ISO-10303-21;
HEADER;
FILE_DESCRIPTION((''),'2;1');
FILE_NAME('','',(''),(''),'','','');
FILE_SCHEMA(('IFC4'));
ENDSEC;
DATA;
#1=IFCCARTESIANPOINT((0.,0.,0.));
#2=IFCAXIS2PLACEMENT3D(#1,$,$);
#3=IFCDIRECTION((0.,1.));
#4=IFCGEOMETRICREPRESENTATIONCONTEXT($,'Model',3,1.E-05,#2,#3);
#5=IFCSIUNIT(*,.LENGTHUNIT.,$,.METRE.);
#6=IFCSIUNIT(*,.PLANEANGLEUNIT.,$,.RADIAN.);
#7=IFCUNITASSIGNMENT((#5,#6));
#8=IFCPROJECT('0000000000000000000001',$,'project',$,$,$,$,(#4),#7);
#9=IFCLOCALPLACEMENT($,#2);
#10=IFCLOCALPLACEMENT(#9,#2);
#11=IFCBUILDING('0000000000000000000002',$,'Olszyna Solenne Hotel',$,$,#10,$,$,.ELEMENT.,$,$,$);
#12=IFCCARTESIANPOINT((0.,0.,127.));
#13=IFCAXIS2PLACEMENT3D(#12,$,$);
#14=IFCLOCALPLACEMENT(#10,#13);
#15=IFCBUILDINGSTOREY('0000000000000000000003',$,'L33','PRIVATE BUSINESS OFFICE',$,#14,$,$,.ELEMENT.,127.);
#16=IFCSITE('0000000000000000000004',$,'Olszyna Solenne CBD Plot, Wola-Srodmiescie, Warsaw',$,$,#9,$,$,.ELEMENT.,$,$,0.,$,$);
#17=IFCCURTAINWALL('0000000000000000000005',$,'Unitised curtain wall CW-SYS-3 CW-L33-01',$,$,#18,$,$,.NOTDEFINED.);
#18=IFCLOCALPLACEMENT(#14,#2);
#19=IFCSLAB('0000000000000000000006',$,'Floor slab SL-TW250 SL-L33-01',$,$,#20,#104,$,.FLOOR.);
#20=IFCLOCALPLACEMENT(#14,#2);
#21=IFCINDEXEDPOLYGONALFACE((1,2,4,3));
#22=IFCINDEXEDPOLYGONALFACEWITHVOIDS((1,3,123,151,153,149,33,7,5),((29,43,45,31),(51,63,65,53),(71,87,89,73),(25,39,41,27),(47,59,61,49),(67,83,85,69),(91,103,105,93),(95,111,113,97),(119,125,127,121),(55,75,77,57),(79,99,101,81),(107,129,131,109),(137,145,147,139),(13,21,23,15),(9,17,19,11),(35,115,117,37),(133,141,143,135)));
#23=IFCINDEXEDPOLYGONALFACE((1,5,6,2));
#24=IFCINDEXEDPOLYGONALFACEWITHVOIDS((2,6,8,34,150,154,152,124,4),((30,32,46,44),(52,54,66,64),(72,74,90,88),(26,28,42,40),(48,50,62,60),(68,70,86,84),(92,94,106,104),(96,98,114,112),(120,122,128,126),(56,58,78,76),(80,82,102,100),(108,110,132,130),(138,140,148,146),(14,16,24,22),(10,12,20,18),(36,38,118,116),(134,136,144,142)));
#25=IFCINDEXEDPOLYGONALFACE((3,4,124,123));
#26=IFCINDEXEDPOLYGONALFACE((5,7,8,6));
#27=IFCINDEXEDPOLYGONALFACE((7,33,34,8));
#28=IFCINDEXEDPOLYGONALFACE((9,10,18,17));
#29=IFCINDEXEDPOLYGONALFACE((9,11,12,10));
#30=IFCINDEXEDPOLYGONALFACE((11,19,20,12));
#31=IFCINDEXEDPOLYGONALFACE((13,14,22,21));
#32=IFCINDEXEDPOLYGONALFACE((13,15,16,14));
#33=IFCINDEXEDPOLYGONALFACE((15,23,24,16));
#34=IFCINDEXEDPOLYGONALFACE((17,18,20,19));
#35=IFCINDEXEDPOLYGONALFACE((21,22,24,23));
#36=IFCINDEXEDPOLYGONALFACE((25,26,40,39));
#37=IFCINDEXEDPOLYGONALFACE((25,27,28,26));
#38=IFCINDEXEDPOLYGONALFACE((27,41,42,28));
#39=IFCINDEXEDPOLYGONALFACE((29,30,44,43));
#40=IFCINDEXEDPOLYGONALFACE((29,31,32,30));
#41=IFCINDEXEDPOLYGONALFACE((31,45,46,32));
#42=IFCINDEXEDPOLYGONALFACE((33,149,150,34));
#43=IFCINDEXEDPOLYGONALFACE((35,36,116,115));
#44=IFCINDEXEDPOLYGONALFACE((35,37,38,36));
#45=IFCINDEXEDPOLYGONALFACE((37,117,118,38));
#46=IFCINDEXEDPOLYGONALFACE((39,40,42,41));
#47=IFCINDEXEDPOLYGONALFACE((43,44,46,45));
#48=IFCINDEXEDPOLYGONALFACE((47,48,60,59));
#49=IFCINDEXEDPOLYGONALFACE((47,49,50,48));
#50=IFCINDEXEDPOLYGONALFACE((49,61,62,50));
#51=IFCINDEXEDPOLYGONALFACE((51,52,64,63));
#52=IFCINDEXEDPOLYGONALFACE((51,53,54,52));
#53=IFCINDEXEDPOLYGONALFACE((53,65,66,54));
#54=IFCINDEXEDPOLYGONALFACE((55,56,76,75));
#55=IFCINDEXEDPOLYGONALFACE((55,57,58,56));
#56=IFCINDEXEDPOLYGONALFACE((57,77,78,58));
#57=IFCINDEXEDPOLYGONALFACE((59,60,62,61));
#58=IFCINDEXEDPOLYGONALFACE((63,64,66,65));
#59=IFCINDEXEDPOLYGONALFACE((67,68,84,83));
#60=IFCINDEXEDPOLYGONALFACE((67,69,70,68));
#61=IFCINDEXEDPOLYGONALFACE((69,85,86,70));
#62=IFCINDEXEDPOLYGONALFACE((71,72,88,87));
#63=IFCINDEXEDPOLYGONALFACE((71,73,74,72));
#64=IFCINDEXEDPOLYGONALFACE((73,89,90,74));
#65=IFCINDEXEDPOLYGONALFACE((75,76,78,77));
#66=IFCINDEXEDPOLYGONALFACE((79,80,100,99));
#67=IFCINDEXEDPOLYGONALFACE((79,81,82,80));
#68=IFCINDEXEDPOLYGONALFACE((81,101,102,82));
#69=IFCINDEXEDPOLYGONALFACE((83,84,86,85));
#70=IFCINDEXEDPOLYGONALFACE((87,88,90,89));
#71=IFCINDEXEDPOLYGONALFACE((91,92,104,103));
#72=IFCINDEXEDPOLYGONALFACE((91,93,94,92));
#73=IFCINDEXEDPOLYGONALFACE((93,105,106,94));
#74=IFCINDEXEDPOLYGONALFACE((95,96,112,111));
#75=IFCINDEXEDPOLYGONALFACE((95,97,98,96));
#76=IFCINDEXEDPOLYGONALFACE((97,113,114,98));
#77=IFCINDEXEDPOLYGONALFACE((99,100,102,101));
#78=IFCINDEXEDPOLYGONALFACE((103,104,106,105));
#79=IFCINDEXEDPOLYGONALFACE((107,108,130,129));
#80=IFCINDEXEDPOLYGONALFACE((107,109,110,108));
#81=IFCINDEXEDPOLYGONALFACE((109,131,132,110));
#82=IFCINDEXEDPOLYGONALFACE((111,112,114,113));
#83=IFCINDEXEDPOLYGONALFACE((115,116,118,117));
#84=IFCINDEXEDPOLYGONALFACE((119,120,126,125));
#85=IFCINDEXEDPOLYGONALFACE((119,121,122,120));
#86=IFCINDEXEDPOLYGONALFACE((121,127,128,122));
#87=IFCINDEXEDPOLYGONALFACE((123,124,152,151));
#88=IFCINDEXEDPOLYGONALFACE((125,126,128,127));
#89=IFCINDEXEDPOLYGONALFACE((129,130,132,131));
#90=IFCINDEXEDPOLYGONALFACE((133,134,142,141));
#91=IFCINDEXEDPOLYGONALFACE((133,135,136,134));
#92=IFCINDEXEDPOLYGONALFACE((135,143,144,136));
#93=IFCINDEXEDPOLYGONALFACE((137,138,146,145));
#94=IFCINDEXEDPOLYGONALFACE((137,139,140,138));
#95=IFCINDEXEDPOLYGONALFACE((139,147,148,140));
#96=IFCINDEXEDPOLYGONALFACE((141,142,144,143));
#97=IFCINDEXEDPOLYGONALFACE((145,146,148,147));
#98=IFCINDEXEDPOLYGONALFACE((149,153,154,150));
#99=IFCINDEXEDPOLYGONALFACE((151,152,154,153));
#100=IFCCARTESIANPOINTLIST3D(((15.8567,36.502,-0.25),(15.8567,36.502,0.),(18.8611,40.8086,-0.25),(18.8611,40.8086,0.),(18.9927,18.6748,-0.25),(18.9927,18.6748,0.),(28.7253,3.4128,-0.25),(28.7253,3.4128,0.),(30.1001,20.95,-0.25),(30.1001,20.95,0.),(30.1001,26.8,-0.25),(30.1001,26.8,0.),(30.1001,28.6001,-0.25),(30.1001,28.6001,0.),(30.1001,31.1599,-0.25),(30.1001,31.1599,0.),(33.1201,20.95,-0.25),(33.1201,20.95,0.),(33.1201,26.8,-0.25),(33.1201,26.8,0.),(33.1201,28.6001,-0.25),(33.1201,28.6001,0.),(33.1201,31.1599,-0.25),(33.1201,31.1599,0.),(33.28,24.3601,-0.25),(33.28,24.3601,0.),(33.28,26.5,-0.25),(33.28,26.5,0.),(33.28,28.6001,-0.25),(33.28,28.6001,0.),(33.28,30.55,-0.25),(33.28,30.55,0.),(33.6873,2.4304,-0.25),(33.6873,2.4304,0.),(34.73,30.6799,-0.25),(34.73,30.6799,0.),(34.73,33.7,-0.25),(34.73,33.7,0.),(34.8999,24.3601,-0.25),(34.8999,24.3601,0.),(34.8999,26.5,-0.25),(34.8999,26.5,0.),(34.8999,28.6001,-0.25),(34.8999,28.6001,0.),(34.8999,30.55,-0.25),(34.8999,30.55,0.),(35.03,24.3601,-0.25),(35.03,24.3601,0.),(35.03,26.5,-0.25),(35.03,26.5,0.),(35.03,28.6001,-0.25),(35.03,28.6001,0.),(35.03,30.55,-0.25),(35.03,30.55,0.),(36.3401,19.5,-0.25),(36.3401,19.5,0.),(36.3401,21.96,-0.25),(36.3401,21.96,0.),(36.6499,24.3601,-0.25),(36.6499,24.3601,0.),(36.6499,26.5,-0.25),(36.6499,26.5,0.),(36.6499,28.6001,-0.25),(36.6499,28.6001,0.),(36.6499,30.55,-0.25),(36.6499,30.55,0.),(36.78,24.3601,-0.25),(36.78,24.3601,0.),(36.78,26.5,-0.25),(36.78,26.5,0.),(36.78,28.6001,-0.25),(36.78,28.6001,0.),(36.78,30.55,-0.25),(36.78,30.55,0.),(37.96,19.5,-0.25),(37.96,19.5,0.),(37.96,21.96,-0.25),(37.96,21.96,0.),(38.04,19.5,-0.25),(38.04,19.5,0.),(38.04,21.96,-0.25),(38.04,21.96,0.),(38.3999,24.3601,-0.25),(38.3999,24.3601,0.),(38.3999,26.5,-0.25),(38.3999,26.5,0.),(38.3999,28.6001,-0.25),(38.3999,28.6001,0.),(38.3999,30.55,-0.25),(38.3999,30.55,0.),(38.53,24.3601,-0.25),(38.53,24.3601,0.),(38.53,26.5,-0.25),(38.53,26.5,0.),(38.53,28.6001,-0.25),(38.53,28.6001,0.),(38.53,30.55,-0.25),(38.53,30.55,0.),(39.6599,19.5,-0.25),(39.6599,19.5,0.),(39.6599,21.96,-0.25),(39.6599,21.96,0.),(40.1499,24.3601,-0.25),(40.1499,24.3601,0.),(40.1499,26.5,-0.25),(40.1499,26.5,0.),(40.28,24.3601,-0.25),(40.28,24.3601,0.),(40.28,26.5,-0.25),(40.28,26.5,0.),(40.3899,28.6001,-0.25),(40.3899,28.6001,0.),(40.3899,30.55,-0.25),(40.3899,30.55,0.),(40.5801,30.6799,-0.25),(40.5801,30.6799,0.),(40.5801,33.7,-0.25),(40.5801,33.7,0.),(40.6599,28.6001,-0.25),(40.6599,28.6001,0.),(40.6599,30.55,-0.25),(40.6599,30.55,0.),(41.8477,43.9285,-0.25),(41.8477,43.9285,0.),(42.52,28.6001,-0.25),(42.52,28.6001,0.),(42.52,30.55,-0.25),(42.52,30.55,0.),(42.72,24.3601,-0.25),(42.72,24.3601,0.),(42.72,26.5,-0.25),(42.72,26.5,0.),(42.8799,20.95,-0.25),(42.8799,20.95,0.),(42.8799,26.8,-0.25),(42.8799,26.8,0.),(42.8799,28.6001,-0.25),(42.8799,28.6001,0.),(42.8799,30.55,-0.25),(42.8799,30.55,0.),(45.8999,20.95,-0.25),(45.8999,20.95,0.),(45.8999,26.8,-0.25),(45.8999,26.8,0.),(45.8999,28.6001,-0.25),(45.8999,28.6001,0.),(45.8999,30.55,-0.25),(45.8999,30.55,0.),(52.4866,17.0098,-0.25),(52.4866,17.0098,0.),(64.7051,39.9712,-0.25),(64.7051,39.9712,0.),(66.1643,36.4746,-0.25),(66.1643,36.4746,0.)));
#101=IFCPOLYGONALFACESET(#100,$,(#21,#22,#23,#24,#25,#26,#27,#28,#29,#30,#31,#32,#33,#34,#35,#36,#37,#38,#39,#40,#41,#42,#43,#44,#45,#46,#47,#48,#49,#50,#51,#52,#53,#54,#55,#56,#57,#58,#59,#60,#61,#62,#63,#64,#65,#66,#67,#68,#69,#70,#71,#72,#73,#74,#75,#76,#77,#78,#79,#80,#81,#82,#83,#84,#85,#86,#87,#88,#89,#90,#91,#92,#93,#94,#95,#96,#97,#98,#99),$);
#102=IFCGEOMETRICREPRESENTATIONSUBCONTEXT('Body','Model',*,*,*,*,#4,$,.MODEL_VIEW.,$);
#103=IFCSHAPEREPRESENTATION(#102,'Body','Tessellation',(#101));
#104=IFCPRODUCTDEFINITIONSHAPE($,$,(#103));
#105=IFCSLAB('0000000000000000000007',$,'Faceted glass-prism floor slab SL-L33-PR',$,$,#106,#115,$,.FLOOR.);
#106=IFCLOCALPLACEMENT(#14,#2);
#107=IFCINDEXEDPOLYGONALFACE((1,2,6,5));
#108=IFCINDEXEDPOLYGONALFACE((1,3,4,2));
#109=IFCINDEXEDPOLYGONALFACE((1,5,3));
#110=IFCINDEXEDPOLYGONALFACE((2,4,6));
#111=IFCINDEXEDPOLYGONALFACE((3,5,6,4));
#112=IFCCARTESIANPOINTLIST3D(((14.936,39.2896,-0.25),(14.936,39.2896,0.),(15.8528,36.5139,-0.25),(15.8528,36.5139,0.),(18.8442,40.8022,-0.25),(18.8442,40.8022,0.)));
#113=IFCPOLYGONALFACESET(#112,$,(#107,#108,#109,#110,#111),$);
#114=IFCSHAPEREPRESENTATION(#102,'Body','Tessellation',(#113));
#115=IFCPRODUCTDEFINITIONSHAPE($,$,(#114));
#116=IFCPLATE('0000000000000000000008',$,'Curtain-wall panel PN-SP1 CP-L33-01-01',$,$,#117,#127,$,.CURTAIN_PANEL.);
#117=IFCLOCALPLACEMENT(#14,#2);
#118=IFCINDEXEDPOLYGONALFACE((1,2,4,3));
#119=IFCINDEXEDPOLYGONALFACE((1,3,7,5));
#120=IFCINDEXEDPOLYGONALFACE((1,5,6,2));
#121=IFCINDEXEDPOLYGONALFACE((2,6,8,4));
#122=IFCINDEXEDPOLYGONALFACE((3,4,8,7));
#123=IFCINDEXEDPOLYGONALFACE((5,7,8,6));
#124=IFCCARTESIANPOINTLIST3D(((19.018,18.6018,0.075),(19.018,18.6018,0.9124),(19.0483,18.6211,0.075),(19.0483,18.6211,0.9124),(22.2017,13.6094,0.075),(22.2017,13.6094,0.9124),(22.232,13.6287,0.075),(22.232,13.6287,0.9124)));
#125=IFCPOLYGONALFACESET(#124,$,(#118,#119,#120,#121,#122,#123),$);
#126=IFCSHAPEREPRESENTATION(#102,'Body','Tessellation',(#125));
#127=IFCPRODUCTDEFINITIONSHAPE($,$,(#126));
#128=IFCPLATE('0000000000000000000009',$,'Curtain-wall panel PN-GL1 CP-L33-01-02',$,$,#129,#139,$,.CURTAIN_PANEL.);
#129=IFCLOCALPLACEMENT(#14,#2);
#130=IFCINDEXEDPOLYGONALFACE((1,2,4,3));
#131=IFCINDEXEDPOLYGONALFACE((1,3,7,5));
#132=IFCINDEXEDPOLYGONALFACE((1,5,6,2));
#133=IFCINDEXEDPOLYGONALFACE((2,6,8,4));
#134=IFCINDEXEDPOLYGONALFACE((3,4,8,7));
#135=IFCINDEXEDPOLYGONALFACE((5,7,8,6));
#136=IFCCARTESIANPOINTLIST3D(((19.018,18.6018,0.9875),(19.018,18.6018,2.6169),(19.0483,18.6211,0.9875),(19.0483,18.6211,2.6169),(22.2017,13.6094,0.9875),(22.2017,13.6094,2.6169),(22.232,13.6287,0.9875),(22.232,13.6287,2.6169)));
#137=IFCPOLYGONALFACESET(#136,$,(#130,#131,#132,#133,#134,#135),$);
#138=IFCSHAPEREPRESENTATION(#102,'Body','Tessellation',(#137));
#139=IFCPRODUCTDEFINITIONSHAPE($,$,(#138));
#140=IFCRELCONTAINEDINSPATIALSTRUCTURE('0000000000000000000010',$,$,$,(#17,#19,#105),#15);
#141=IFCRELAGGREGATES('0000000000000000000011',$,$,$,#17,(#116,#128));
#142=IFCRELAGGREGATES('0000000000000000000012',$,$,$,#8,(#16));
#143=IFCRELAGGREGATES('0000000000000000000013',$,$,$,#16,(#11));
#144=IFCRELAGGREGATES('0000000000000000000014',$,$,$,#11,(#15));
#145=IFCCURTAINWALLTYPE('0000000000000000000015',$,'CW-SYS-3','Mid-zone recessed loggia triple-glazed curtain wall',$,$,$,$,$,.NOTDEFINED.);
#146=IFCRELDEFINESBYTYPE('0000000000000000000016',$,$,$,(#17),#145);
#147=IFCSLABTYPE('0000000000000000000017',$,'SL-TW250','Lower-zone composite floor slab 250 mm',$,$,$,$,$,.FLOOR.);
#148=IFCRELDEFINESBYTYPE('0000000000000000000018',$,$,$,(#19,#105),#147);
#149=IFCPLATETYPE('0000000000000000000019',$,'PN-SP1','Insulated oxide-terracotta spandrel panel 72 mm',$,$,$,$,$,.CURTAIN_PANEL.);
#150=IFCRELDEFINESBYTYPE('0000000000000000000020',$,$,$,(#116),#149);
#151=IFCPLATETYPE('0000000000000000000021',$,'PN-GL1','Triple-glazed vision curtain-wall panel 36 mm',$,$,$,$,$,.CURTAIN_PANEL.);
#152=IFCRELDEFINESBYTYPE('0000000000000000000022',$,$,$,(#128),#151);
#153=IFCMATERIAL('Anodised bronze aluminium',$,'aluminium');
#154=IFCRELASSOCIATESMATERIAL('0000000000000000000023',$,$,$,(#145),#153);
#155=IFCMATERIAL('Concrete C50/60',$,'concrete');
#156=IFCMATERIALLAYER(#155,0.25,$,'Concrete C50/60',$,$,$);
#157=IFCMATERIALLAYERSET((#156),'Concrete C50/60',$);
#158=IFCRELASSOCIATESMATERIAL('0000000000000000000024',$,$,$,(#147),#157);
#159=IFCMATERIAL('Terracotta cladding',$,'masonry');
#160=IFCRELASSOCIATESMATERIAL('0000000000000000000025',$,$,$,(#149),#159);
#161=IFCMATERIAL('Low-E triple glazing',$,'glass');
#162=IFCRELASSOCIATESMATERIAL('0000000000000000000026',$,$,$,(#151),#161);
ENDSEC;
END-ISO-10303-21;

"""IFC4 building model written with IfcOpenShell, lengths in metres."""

from ifc_helpers import new_model, si_unit, direction, frame, origin, origin_2d, place, context, subcontext, project, spatial, polyline, rectangle, outline, extrude, source, transform, mapped, material, layer, layer_set, type_object, element, aggregate, save


model = new_model("IFC4")

# Units and contexts
model_context = context("Model", 3, precision=1e-05, world=origin(), true_north=direction((0.0, 1.0)))
body_context = subcontext(model_context, "Body", "Model", "MODEL_VIEW")
ifc_project = project(units=[si_unit("LENGTHUNIT", "METRE"), si_unit("PLANEANGLEUNIT", "RADIAN")], contexts=[model_context])

# Site, building, storey
site_placement = place(None, origin())
site = spatial("IfcSite", under=ifc_project, at=site_placement, Name="Olszyna Solenne CBD Plot, Wola-Srodmiescie, Warsaw", CompositionType="ELEMENT", RefElevation=0.0)
building_placement = place(site_placement, origin())
building = spatial("IfcBuilding", under=site, at=building_placement, Name="Olszyna Solenne Hotel", CompositionType="ELEMENT")
storey_placement = place(building_placement, frame((0.0, 0.0, 127.0)))
storey = spatial("IfcBuildingStorey", under=building, at=storey_placement, Name="L33", Description="PRIVATE BUSINESS OFFICE", CompositionType="ELEMENT", Elevation=127.0)

# Curtain wall
ifc_material_1 = material(Name="Anodised bronze aluminium", Category="aluminium")
curtain_wall_type = type_object("IfcCurtainWallType", Name="CW-SYS-3", Description="Mid-zone recessed loggia triple-glazed curtain wall", PredefinedType="NOTDEFINED", material=ifc_material_1)
curtain_wall_placement = place(storey_placement, origin())
curtain_wall = element("IfcCurtainWall", 1, at=curtain_wall_placement, inside=storey, type_object=curtain_wall_type, Name="Unitised curtain wall CW-SYS-3 CW-L33-01", PredefinedType="NOTDEFINED")

# Slabs
ifc_material_2 = material(Name="Concrete C50/60", Category="concrete")
ifc_layer_1 = layer(ifc_material_2, 0.25, Name="Concrete C50/60")
ifc_layer_set_1 = layer_set([ifc_layer_1], Name="Concrete C50/60")
slab_type_1 = type_object("IfcSlabType", Name="SL-TW250", Description="Lower-zone composite floor slab 250 mm", PredefinedType="FLOOR", material=ifc_layer_set_1)
slab_1_placement = place(storey_placement, frame((0.0, 0.0, -0.25)))
element("IfcSlab", 2, at=slab_1_placement, inside=storey, type_object=slab_type_1, Name="Floor slab SL-TW250 SL-L33-01", PredefinedType="FLOOR", context=body_context, shape_type="SweptSolid", body=[
    extrude(outline(polyline([(66.1643, 36.4746), (64.7051, 39.9712), (41.8477, 43.9285), (18.8611, 40.8086), (15.8567, 36.502), (18.9927, 18.6748), (28.7253, 3.4128), (33.6873, 2.4304), (52.4866, 17.0098), (66.1643, 36.4746)]), holes=[polyline([(30.1001, 20.95), (33.1201, 20.95), (33.1201, 26.8), (30.1001, 26.8), (30.1001, 20.95)]), polyline([(42.8799, 20.95), (45.8999, 20.95), (45.8999, 26.8), (42.8799, 26.8), (42.8799, 20.95)]), polyline([(34.73, 30.6799), (40.5801, 30.6799), (40.5801, 33.7), (34.73, 33.7), (34.73, 30.6799)]), polyline([(36.3401, 19.5), (37.96, 19.5), (37.96, 21.96), (36.3401, 21.96), (36.3401, 19.5)]), polyline([(38.04, 19.5), (39.6599, 19.5), (39.6599, 21.96), (38.04, 21.96), (38.04, 19.5)]), polyline([(30.1001, 28.6001), (33.1201, 28.6001), (33.1201, 31.1599), (30.1001, 31.1599), (30.1001, 28.6001)]), polyline([(33.28, 24.3601), (34.8999, 24.3601), (34.8999, 26.5), (33.28, 26.5), (33.28, 24.3601)]), polyline([(35.03, 24.3601), (36.6499, 24.3601), (36.6499, 26.5), (35.03, 26.5), (35.03, 24.3601)]), polyline([(36.78, 24.3601), (38.3999, 24.3601), (38.3999, 26.5), (36.78, 26.5), (36.78, 24.3601)]), polyline([(38.53, 24.3601), (40.1499, 24.3601), (40.1499, 26.5), (38.53, 26.5), (38.53, 24.3601)]), polyline([(40.28, 24.3601), (42.72, 24.3601), (42.72, 26.5), (40.28, 26.5), (40.28, 24.3601)]), polyline([(33.28, 28.6001), (34.8999, 28.6001), (34.8999, 30.55), (33.28, 30.55), (33.28, 28.6001)]), polyline([(35.03, 28.6001), (36.6499, 28.6001), (36.6499, 30.55), (35.03, 30.55), (35.03, 28.6001)]), polyline([(36.78, 28.6001), (38.3999, 28.6001), (38.3999, 30.55), (36.78, 30.55), (36.78, 28.6001)]), polyline([(38.53, 28.6001), (40.3899, 28.6001), (40.3899, 30.55), (38.53, 30.55), (38.53, 28.6001)]), polyline([(40.6599, 28.6001), (42.52, 28.6001), (42.52, 30.55), (40.6599, 30.55), (40.6599, 28.6001)]), polyline([(42.8799, 28.6001), (45.8999, 28.6001), (45.8999, 30.55), (42.8799, 30.55), (42.8799, 28.6001)])]), origin(), (0.0, 0.0, 1.0), 0.25),
])
slab_2_placement = place(storey_placement, frame((0.0, 0.0, -0.25)))
element("IfcSlab", 3, at=slab_2_placement, inside=storey, type_object=slab_type_1, Name="Faceted glass-prism floor slab SL-L33-PR", PredefinedType="FLOOR", context=body_context, shape_type="SweptSolid", body=[
    extrude(outline(polyline([(15.8528, 36.5139), (18.8442, 40.8022), (14.936, 39.2896), (15.8528, 36.5139)])), origin(), (0.0, 0.0, 1.0), 0.25),
])

# Plates
ifc_material_3 = material(Name="Terracotta cladding", Category="masonry")
plate_type_1 = type_object("IfcPlateType", Name="PN-SP1", Description="Insulated oxide-terracotta spandrel panel 72 mm", PredefinedType="CURTAIN_PANEL", material=ifc_material_3)
shared_shape_1 = source(origin(), body_context, "Body", "SweptSolid", [
    extrude(rectangle(XDim=5.9211, YDim=0.0359, at=origin_2d()), origin(), (0.0, 0.0, 1.0), 0.8374),
])
plate_1_placement = place(storey_placement, frame((20.625, 16.1152, 0.075), z_axis=(0.0, 0.0, 1.0), x_axis=(0.537687, -0.843144, 0.0)))
plate_1 = element("IfcPlate", 4, at=plate_1_placement, type_object=plate_type_1, Name="Curtain-wall panel PN-SP1 CP-L33-01-01", PredefinedType="CURTAIN_PANEL", context=body_context, shape_type="MappedRepresentation", body=[
    mapped(shared_shape_1, transform((0.0, 0.0, 0.0), x_axis=(1.0, 0.0, 0.0), y_axis=(0.0, 1.0, 0.0), z_axis=(0.0, 0.0, 1.0), scale=1.0)),
])
ifc_material_4 = material(Name="Low-E triple glazing", Category="glass")
plate_type_2 = type_object("IfcPlateType", Name="PN-GL1", Description="Triple-glazed vision curtain-wall panel 36 mm", PredefinedType="CURTAIN_PANEL", material=ifc_material_4)
shared_shape_2 = source(origin(), body_context, "Body", "SweptSolid", [
    extrude(rectangle(XDim=5.9211, YDim=0.0359, at=origin_2d()), origin(), (0.0, 0.0, 1.0), 1.6294),
])
plate_2_placement = place(storey_placement, frame((20.625, 16.1152, 0.9875), z_axis=(0.0, 0.0, 1.0), x_axis=(0.537687, -0.843144, 0.0)))
plate_2 = element("IfcPlate", 5, at=plate_2_placement, type_object=plate_type_2, Name="Curtain-wall panel PN-GL1 CP-L33-01-02", PredefinedType="CURTAIN_PANEL", context=body_context, shape_type="MappedRepresentation", body=[
    mapped(shared_shape_2, transform((0.0, 0.0, 0.0), x_axis=(1.0, 0.0, 0.0), y_axis=(0.0, 1.0, 0.0), z_axis=(0.0, 0.0, 1.0), scale=1.0)),
])
aggregate(curtain_wall, [plate_1, plate_2])

save(model, "model.ifc")
